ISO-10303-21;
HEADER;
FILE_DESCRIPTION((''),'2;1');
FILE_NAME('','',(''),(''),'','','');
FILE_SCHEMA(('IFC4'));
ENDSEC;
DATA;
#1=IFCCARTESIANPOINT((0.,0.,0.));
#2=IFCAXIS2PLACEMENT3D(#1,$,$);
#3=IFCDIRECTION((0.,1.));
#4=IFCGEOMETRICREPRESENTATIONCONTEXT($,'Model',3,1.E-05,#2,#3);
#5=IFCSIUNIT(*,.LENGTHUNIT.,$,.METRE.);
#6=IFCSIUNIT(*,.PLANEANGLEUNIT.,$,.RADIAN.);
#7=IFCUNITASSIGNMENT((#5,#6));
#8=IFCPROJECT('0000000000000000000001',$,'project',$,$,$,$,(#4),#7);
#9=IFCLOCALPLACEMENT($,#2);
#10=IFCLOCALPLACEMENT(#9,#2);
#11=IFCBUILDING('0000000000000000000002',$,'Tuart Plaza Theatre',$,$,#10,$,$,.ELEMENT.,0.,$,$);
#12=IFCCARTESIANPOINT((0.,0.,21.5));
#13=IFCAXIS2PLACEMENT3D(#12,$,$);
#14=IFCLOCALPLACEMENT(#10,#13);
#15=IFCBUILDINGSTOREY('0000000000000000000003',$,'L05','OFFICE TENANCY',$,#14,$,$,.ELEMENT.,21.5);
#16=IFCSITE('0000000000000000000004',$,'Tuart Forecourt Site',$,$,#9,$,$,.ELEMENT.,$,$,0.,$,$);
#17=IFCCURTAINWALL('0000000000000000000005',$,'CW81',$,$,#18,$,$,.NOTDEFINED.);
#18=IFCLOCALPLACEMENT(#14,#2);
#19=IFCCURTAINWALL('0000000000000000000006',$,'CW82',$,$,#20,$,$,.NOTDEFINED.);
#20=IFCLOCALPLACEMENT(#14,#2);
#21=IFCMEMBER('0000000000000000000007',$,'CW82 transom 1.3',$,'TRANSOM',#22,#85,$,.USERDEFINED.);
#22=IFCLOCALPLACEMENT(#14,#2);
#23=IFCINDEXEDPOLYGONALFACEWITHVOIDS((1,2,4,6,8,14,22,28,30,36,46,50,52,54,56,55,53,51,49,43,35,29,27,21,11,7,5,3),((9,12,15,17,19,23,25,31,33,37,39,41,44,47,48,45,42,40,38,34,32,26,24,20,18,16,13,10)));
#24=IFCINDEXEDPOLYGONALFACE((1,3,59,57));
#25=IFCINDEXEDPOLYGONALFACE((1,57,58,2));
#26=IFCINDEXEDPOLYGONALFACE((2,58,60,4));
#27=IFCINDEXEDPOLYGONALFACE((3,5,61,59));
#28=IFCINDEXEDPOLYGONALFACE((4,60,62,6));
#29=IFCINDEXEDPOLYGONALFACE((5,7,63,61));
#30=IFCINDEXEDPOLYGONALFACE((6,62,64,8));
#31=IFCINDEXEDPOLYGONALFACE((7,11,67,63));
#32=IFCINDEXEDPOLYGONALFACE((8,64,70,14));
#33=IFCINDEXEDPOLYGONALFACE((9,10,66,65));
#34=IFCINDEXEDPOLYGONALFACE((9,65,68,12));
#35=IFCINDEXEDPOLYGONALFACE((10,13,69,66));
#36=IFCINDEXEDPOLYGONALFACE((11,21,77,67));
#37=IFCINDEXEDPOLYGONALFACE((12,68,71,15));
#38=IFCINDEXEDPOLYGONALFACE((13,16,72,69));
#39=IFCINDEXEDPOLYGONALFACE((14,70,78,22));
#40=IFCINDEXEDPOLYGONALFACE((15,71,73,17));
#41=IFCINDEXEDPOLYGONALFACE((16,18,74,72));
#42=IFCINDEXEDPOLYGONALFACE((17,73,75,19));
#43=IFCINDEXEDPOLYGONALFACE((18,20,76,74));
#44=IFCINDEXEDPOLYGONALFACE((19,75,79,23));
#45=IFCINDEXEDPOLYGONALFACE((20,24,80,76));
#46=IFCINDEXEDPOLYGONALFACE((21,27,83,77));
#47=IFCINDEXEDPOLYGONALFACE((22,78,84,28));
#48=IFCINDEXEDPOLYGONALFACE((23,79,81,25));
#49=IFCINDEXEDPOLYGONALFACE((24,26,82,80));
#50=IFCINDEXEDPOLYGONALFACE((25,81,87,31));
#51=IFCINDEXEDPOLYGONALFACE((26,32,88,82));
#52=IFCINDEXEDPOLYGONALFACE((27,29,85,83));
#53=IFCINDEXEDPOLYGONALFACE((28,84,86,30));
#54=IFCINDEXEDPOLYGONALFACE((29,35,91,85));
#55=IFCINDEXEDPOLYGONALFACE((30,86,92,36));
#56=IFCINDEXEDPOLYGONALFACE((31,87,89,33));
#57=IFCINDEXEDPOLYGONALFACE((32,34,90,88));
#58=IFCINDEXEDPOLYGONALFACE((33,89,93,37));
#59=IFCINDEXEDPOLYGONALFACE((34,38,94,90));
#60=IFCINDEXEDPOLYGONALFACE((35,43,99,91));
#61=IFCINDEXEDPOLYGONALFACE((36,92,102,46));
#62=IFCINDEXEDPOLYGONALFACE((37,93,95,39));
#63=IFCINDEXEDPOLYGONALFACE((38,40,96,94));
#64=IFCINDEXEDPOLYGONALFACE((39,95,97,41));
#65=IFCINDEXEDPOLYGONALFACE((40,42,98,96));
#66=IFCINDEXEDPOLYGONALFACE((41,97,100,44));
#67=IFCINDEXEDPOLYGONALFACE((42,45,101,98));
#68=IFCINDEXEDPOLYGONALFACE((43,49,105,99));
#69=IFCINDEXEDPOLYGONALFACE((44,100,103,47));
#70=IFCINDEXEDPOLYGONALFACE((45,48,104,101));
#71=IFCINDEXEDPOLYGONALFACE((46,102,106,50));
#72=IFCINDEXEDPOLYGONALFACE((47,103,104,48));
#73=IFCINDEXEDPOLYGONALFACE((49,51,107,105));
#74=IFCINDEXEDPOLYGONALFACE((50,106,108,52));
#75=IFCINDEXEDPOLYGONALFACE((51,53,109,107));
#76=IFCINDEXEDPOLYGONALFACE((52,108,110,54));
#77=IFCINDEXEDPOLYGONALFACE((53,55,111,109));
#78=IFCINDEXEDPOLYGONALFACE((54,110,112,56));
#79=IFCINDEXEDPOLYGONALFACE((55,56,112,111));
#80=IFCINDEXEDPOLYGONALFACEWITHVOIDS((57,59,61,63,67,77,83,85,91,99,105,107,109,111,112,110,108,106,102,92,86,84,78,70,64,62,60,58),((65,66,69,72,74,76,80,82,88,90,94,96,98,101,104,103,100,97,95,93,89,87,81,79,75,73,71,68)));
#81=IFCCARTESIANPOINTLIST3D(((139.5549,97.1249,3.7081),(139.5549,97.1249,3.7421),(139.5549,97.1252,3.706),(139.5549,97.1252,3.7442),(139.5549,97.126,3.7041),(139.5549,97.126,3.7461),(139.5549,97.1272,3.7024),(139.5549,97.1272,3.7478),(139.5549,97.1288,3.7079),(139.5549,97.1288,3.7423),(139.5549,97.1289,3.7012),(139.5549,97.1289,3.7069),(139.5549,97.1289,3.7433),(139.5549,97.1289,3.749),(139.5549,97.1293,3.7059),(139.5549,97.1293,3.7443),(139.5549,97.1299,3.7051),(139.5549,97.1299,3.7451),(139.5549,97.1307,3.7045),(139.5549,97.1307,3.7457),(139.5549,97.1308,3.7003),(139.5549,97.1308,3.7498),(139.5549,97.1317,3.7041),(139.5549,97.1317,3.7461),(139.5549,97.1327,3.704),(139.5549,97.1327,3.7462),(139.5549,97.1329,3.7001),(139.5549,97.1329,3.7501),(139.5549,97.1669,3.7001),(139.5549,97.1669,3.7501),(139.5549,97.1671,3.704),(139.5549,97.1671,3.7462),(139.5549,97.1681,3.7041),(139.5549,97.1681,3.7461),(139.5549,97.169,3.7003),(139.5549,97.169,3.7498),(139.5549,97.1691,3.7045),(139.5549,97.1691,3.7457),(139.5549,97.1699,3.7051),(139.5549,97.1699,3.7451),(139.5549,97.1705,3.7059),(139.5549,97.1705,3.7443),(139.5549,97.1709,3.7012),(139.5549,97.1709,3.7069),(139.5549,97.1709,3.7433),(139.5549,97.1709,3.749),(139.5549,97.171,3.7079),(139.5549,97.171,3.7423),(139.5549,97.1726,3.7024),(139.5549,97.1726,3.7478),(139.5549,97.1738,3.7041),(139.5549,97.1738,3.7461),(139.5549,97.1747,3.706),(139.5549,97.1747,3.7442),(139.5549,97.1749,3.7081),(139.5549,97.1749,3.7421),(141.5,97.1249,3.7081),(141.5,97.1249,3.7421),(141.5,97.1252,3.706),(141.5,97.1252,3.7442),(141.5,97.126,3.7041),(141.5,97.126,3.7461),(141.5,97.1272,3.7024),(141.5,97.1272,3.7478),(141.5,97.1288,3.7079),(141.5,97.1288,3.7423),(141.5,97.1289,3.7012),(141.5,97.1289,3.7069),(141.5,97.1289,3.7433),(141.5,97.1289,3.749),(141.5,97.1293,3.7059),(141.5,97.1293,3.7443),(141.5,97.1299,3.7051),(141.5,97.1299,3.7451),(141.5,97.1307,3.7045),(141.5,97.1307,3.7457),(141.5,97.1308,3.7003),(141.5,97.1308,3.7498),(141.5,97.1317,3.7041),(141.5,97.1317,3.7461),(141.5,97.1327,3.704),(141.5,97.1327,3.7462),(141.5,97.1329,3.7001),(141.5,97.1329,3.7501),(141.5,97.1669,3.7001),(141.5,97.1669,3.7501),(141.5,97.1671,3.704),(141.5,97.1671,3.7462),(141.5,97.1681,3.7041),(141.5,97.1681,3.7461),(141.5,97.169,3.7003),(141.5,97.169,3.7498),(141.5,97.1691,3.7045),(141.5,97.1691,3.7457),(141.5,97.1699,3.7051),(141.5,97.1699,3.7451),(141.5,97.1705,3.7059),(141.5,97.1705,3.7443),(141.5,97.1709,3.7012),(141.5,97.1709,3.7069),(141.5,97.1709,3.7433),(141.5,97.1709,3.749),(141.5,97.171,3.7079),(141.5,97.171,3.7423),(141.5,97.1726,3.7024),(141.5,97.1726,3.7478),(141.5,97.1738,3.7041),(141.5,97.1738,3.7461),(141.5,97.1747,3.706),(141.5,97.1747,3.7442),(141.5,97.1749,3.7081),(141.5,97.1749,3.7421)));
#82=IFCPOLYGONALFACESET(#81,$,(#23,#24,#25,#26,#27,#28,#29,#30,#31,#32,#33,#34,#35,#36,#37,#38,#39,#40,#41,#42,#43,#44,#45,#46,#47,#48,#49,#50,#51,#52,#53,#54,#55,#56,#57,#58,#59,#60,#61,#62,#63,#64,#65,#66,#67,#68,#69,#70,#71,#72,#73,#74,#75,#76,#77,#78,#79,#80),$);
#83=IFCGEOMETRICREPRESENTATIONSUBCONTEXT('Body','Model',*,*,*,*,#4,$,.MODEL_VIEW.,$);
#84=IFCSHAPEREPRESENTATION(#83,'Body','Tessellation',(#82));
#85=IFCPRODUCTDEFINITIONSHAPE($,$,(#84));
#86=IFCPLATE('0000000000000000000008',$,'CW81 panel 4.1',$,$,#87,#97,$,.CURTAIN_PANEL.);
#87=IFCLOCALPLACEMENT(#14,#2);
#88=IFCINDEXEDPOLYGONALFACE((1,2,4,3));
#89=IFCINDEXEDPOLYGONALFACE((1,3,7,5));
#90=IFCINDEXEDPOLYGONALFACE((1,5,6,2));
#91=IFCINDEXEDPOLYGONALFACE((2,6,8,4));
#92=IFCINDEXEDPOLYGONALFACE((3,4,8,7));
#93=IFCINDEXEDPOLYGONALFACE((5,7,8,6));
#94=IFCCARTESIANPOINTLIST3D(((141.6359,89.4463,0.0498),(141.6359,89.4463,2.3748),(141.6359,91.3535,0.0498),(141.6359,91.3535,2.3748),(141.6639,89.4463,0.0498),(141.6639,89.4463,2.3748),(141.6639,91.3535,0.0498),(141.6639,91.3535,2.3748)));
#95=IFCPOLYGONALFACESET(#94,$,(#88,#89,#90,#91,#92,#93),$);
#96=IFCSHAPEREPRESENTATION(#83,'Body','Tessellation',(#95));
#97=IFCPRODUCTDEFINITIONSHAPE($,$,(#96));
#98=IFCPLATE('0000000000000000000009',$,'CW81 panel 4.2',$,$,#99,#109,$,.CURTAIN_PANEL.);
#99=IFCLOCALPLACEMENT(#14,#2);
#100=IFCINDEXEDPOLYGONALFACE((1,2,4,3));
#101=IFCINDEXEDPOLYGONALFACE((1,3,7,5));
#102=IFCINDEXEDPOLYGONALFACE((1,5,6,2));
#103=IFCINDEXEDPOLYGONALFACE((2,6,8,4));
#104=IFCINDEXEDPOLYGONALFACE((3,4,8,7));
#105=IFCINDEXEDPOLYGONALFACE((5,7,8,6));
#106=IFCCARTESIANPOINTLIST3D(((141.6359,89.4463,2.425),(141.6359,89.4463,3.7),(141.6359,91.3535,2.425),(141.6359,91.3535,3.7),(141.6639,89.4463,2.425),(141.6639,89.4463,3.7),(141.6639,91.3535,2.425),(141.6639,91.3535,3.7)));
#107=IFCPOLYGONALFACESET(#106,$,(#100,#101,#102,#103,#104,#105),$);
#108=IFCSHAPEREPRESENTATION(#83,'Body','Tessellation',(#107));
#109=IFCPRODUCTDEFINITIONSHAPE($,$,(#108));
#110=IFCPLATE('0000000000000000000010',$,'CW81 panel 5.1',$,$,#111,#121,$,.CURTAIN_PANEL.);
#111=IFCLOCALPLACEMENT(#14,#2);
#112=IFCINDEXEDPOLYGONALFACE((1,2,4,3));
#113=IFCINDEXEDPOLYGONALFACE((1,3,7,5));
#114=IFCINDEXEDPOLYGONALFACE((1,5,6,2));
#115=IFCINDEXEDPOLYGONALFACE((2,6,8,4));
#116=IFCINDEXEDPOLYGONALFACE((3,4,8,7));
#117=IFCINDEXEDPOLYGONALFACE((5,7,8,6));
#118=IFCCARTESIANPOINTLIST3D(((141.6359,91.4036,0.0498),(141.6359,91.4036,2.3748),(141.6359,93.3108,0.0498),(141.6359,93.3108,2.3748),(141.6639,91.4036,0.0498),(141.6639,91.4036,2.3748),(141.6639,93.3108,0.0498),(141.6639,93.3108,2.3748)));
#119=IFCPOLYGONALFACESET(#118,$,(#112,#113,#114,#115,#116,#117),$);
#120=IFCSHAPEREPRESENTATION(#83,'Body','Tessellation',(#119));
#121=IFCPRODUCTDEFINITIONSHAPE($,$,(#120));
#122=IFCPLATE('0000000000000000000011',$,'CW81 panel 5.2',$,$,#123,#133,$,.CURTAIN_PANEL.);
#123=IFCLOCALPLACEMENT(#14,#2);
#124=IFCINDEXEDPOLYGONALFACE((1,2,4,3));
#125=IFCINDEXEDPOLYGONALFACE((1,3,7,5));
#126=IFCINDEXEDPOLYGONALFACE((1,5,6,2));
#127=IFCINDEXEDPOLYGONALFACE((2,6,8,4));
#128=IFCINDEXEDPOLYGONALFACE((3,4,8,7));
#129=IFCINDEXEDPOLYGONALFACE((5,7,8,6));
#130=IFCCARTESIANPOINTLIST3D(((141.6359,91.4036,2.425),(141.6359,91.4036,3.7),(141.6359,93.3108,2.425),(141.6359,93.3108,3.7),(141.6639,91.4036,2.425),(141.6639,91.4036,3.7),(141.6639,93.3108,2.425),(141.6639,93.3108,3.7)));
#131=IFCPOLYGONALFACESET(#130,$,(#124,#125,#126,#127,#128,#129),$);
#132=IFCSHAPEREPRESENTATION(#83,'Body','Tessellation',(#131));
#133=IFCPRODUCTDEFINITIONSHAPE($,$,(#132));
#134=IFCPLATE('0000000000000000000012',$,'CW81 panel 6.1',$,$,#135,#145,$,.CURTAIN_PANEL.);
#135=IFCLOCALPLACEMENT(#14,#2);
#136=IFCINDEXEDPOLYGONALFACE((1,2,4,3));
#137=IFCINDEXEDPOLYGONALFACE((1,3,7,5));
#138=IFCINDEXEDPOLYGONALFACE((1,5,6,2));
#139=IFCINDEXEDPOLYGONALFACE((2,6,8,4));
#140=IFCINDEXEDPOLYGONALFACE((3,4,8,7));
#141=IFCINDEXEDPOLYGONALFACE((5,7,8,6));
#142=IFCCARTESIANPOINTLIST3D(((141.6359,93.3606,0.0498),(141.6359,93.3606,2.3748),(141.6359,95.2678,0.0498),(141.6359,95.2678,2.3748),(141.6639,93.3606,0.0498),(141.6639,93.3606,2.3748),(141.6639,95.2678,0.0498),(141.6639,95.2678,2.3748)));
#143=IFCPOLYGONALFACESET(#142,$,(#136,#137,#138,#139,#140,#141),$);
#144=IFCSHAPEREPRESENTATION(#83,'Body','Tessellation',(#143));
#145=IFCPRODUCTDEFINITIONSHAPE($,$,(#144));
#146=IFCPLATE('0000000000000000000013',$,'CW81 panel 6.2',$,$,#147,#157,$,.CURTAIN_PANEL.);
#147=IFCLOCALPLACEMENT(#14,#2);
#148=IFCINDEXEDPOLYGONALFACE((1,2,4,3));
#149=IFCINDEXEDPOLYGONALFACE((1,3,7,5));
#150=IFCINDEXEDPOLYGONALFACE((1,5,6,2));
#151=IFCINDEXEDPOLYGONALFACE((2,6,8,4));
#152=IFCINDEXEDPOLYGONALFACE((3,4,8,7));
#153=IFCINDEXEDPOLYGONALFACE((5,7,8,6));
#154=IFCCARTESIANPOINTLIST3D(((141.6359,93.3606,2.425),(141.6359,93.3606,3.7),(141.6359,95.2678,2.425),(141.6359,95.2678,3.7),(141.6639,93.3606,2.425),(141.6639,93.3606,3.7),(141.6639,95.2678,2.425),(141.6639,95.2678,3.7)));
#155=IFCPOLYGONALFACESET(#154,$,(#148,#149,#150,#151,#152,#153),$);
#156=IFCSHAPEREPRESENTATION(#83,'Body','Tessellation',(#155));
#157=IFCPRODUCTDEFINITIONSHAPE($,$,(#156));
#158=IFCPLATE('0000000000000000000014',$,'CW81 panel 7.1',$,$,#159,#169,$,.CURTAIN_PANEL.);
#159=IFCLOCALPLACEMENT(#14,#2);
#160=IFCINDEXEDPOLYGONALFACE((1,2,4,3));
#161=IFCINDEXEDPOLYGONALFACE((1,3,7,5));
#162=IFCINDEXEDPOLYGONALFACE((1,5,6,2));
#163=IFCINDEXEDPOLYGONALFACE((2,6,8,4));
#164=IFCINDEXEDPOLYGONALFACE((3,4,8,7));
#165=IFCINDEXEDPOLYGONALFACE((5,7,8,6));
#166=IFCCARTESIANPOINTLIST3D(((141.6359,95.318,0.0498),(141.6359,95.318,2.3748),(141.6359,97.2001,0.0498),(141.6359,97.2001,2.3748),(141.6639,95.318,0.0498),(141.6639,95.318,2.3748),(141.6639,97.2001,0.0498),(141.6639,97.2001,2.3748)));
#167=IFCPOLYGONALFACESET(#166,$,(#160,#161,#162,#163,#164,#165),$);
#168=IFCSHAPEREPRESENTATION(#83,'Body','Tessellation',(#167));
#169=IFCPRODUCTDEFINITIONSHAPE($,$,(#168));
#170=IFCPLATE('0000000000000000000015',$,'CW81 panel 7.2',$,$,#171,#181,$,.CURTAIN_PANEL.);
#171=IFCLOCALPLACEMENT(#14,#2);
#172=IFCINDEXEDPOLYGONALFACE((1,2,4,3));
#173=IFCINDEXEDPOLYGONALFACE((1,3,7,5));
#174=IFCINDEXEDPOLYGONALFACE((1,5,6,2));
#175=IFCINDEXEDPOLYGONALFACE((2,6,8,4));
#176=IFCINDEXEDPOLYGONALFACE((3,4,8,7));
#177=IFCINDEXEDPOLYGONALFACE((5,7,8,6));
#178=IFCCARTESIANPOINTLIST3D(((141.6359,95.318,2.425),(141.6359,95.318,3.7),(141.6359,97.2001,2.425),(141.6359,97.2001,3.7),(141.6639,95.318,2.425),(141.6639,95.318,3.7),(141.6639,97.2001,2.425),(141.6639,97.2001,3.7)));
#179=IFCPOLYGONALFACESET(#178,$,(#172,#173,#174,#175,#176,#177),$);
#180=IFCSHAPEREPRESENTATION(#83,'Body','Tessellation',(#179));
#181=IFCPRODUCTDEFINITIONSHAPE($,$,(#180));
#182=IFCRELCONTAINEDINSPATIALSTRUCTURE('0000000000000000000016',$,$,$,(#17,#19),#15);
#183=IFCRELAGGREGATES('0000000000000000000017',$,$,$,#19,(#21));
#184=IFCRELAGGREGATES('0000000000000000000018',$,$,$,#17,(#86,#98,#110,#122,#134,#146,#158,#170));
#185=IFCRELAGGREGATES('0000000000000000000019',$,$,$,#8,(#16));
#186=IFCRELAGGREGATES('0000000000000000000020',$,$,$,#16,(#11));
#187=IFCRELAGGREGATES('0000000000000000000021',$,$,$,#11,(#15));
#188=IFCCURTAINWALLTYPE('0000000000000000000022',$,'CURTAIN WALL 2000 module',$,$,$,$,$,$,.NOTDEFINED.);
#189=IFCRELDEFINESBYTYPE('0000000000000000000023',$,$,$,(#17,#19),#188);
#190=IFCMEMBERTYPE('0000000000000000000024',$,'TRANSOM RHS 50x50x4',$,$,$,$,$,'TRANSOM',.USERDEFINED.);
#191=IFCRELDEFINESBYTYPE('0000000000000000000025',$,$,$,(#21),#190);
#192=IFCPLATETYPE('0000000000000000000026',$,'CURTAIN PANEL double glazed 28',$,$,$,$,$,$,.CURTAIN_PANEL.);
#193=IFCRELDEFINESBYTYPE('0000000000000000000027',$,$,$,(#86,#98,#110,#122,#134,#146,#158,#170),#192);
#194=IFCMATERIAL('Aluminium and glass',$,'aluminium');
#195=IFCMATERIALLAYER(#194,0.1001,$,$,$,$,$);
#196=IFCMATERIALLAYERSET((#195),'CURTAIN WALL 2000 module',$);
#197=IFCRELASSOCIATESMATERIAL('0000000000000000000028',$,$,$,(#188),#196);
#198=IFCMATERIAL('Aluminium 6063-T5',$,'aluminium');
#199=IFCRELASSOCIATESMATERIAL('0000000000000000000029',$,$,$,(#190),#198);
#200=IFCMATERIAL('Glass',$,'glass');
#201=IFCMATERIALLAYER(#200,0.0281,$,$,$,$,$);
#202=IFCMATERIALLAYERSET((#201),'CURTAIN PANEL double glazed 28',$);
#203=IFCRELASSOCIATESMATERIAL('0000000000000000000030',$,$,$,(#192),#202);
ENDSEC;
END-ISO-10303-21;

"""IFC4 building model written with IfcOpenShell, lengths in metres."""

from ifc_helpers import new_model, si_unit, direction, frame, origin, origin_2d, place, context, subcontext, project, spatial, rectangle, hollow_rectangle, extrude, material, layer, layer_set, material_profile, profile_set, type_object, element, aggregate, save


model = new_model("IFC4")

# Units and contexts
model_context = context("Model", 3, precision=1e-05, world=origin(), true_north=direction((0.0, 1.0)))
body_context = subcontext(model_context, "Body", "Model", "MODEL_VIEW")
ifc_project = project(units=[si_unit("LENGTHUNIT", "METRE"), si_unit("PLANEANGLEUNIT", "RADIAN")], contexts=[model_context])

# Site, building, storey
site_placement = place(None, origin())
site = spatial("IfcSite", under=ifc_project, at=site_placement, Name="Tuart Forecourt Site", CompositionType="ELEMENT", RefElevation=0.0)
building_placement = place(site_placement, origin())
building = spatial("IfcBuilding", under=site, at=building_placement, Name="Tuart Plaza Theatre", CompositionType="ELEMENT", ElevationOfRefHeight=0.0)
storey_placement = place(building_placement, frame((0.0, 0.0, 21.5)))
storey = spatial("IfcBuildingStorey", under=building, at=storey_placement, Name="L05", Description="OFFICE TENANCY", CompositionType="ELEMENT", Elevation=21.5)

# Curtain wall
ifc_material_1 = material(Name="Aluminium and glass", Category="aluminium")
ifc_layer_1 = layer(ifc_material_1, 0.1001)
ifc_layer_set_1 = layer_set([ifc_layer_1], Name="CURTAIN WALL 2000 module")
curtain_wall_type = type_object("IfcCurtainWallType", Name="CURTAIN WALL 2000 module", PredefinedType="NOTDEFINED", material=ifc_layer_set_1)
curtain_wall_1_placement = place(storey_placement, origin())
curtain_wall_1 = element("IfcCurtainWall", 1, at=curtain_wall_1_placement, inside=storey, type_object=curtain_wall_type, Name="CW81", PredefinedType="NOTDEFINED")

# Curtain wall
curtain_wall_2_placement = place(storey_placement, origin())
curtain_wall_2 = element("IfcCurtainWall", 2, at=curtain_wall_2_placement, inside=storey, type_object=curtain_wall_type, Name="CW82", PredefinedType="NOTDEFINED")

# Member
ifc_material_2 = material(Name="Aluminium 6063-T5", Category="aluminium")
ifc_material_profile_1 = material_profile(ifc_material_2, hollow_rectangle(XDim=0.05, YDim=0.05, WallThickness=0.0039, InnerFilletRadius=0.0039, OuterFilletRadius=0.0081, at=origin_2d()), Name="RHS 50x50x4")
ifc_profile_set_1 = profile_set([ifc_material_profile_1], Name="Aluminium 6063-T5")
member_type_1 = type_object("IfcMemberType", Name="TRANSOM RHS 50x50x4", ElementType="TRANSOM", PredefinedType="USERDEFINED", material=ifc_profile_set_1)
member_1_placement = place(storey_placement, frame((141.5, 97.1499, 3.7251), z_axis=(-1.0, 0.0, 0.0), x_axis=(0.0, -1.0, 0.0)))
member_1 = element("IfcMember", 3, at=member_1_placement, type_object=member_type_1, Name="CW82 transom 1.3", ObjectType="TRANSOM", PredefinedType="USERDEFINED", context=body_context, shape_type="SweptSolid", body=[
    extrude(hollow_rectangle(XDim=0.05, YDim=0.05, WallThickness=0.0039, InnerFilletRadius=0.0039, OuterFilletRadius=0.0081, at=origin_2d()), origin(), (0.0, 0.0, 1.0), 1.9451),
])
aggregate(curtain_wall_2, [member_1])

# Plates
ifc_material_3 = material(Name="Glass", Category="glass")
ifc_layer_2 = layer(ifc_material_3, 0.0281)
ifc_layer_set_2 = layer_set([ifc_layer_2], Name="CURTAIN PANEL double glazed 28")
plate_type = type_object("IfcPlateType", Name="CURTAIN PANEL double glazed 28", PredefinedType="CURTAIN_PANEL", material=ifc_layer_set_2)
plate_1_placement = place(storey_placement, frame((141.6499, 90.3999, 0.0498), z_axis=(0.0, 0.0, 1.0), x_axis=(0.0, 1.0, 0.0)))
plate_1 = element("IfcPlate", 4, at=plate_1_placement, type_object=plate_type, Name="CW81 panel 4.1", PredefinedType="CURTAIN_PANEL", context=body_context, shape_type="SweptSolid", body=[
    extrude(rectangle(XDim=1.9072, YDim=0.0281, at=origin_2d()), origin(), (0.0, 0.0, 1.0), 2.325),
])
plate_2_placement = place(storey_placement, frame((141.6499, 90.3999, 2.425), z_axis=(0.0, 0.0, 1.0), x_axis=(0.0, 1.0, 0.0)))
plate_2 = element("IfcPlate", 5, at=plate_2_placement, type_object=plate_type, Name="CW81 panel 4.2", PredefinedType="CURTAIN_PANEL", context=body_context, shape_type="SweptSolid", body=[
    extrude(rectangle(XDim=1.9072, YDim=0.0281, at=origin_2d()), origin(), (0.0, 0.0, 1.0), 1.2749),
])
plate_3_placement = place(storey_placement, frame((141.6499, 92.3572, 0.0498), z_axis=(0.0, 0.0, 1.0), x_axis=(0.0, 1.0, 0.0)))
plate_3 = element("IfcPlate", 6, at=plate_3_placement, type_object=plate_type, Name="CW81 panel 5.1", PredefinedType="CURTAIN_PANEL", context=body_context, shape_type="SweptSolid", body=[
    extrude(rectangle(XDim=1.9072, YDim=0.0281, at=origin_2d()), origin(), (0.0, 0.0, 1.0), 2.325),
])
plate_4_placement = place(storey_placement, frame((141.6499, 92.3572, 2.425), z_axis=(0.0, 0.0, 1.0), x_axis=(0.0, 1.0, 0.0)))
plate_4 = element("IfcPlate", 7, at=plate_4_placement, type_object=plate_type, Name="CW81 panel 5.2", PredefinedType="CURTAIN_PANEL", context=body_context, shape_type="SweptSolid", body=[
    extrude(rectangle(XDim=1.9072, YDim=0.0281, at=origin_2d()), origin(), (0.0, 0.0, 1.0), 1.2749),
])
plate_5_placement = place(storey_placement, frame((141.6499, 94.3142, 0.0498), z_axis=(0.0, 0.0, 1.0), x_axis=(0.0, 1.0, 0.0)))
plate_5 = element("IfcPlate", 8, at=plate_5_placement, type_object=plate_type, Name="CW81 panel 6.1", PredefinedType="CURTAIN_PANEL", context=body_context, shape_type="SweptSolid", body=[
    extrude(rectangle(XDim=1.9072, YDim=0.0281, at=origin_2d()), origin(), (0.0, 0.0, 1.0), 2.325),
])
plate_6_placement = place(storey_placement, frame((141.6499, 94.3142, 2.425), z_axis=(0.0, 0.0, 1.0), x_axis=(0.0, 1.0, 0.0)))
plate_6 = element("IfcPlate", 9, at=plate_6_placement, type_object=plate_type, Name="CW81 panel 6.2", PredefinedType="CURTAIN_PANEL", context=body_context, shape_type="SweptSolid", body=[
    extrude(rectangle(XDim=1.9072, YDim=0.0281, at=origin_2d()), origin(), (0.0, 0.0, 1.0), 1.2749),
])
plate_7_placement = place(storey_placement, frame((141.6499, 96.259, 0.0498), z_axis=(0.0, 0.0, 1.0), x_axis=(0.0, 1.0, 0.0)))
plate_7 = element("IfcPlate", 10, at=plate_7_placement, type_object=plate_type, Name="CW81 panel 7.1", PredefinedType="CURTAIN_PANEL", context=body_context, shape_type="SweptSolid", body=[
    extrude(rectangle(XDim=1.8821, YDim=0.0281, at=origin_2d()), origin(), (0.0, 0.0, 1.0), 2.325),
])
plate_8_placement = place(storey_placement, frame((141.6499, 96.259, 2.425), z_axis=(0.0, 0.0, 1.0), x_axis=(0.0, 1.0, 0.0)))
plate_8 = element("IfcPlate", 11, at=plate_8_placement, type_object=plate_type, Name="CW81 panel 7.2", PredefinedType="CURTAIN_PANEL", context=body_context, shape_type="SweptSolid", body=[
    extrude(rectangle(XDim=1.8821, YDim=0.0281, at=origin_2d()), origin(), (0.0, 0.0, 1.0), 1.2749),
])
aggregate(curtain_wall_1, [plate_1, plate_2, plate_3, plate_4, plate_5, plate_6, plate_7, plate_8])

save(model, "model.ifc")
